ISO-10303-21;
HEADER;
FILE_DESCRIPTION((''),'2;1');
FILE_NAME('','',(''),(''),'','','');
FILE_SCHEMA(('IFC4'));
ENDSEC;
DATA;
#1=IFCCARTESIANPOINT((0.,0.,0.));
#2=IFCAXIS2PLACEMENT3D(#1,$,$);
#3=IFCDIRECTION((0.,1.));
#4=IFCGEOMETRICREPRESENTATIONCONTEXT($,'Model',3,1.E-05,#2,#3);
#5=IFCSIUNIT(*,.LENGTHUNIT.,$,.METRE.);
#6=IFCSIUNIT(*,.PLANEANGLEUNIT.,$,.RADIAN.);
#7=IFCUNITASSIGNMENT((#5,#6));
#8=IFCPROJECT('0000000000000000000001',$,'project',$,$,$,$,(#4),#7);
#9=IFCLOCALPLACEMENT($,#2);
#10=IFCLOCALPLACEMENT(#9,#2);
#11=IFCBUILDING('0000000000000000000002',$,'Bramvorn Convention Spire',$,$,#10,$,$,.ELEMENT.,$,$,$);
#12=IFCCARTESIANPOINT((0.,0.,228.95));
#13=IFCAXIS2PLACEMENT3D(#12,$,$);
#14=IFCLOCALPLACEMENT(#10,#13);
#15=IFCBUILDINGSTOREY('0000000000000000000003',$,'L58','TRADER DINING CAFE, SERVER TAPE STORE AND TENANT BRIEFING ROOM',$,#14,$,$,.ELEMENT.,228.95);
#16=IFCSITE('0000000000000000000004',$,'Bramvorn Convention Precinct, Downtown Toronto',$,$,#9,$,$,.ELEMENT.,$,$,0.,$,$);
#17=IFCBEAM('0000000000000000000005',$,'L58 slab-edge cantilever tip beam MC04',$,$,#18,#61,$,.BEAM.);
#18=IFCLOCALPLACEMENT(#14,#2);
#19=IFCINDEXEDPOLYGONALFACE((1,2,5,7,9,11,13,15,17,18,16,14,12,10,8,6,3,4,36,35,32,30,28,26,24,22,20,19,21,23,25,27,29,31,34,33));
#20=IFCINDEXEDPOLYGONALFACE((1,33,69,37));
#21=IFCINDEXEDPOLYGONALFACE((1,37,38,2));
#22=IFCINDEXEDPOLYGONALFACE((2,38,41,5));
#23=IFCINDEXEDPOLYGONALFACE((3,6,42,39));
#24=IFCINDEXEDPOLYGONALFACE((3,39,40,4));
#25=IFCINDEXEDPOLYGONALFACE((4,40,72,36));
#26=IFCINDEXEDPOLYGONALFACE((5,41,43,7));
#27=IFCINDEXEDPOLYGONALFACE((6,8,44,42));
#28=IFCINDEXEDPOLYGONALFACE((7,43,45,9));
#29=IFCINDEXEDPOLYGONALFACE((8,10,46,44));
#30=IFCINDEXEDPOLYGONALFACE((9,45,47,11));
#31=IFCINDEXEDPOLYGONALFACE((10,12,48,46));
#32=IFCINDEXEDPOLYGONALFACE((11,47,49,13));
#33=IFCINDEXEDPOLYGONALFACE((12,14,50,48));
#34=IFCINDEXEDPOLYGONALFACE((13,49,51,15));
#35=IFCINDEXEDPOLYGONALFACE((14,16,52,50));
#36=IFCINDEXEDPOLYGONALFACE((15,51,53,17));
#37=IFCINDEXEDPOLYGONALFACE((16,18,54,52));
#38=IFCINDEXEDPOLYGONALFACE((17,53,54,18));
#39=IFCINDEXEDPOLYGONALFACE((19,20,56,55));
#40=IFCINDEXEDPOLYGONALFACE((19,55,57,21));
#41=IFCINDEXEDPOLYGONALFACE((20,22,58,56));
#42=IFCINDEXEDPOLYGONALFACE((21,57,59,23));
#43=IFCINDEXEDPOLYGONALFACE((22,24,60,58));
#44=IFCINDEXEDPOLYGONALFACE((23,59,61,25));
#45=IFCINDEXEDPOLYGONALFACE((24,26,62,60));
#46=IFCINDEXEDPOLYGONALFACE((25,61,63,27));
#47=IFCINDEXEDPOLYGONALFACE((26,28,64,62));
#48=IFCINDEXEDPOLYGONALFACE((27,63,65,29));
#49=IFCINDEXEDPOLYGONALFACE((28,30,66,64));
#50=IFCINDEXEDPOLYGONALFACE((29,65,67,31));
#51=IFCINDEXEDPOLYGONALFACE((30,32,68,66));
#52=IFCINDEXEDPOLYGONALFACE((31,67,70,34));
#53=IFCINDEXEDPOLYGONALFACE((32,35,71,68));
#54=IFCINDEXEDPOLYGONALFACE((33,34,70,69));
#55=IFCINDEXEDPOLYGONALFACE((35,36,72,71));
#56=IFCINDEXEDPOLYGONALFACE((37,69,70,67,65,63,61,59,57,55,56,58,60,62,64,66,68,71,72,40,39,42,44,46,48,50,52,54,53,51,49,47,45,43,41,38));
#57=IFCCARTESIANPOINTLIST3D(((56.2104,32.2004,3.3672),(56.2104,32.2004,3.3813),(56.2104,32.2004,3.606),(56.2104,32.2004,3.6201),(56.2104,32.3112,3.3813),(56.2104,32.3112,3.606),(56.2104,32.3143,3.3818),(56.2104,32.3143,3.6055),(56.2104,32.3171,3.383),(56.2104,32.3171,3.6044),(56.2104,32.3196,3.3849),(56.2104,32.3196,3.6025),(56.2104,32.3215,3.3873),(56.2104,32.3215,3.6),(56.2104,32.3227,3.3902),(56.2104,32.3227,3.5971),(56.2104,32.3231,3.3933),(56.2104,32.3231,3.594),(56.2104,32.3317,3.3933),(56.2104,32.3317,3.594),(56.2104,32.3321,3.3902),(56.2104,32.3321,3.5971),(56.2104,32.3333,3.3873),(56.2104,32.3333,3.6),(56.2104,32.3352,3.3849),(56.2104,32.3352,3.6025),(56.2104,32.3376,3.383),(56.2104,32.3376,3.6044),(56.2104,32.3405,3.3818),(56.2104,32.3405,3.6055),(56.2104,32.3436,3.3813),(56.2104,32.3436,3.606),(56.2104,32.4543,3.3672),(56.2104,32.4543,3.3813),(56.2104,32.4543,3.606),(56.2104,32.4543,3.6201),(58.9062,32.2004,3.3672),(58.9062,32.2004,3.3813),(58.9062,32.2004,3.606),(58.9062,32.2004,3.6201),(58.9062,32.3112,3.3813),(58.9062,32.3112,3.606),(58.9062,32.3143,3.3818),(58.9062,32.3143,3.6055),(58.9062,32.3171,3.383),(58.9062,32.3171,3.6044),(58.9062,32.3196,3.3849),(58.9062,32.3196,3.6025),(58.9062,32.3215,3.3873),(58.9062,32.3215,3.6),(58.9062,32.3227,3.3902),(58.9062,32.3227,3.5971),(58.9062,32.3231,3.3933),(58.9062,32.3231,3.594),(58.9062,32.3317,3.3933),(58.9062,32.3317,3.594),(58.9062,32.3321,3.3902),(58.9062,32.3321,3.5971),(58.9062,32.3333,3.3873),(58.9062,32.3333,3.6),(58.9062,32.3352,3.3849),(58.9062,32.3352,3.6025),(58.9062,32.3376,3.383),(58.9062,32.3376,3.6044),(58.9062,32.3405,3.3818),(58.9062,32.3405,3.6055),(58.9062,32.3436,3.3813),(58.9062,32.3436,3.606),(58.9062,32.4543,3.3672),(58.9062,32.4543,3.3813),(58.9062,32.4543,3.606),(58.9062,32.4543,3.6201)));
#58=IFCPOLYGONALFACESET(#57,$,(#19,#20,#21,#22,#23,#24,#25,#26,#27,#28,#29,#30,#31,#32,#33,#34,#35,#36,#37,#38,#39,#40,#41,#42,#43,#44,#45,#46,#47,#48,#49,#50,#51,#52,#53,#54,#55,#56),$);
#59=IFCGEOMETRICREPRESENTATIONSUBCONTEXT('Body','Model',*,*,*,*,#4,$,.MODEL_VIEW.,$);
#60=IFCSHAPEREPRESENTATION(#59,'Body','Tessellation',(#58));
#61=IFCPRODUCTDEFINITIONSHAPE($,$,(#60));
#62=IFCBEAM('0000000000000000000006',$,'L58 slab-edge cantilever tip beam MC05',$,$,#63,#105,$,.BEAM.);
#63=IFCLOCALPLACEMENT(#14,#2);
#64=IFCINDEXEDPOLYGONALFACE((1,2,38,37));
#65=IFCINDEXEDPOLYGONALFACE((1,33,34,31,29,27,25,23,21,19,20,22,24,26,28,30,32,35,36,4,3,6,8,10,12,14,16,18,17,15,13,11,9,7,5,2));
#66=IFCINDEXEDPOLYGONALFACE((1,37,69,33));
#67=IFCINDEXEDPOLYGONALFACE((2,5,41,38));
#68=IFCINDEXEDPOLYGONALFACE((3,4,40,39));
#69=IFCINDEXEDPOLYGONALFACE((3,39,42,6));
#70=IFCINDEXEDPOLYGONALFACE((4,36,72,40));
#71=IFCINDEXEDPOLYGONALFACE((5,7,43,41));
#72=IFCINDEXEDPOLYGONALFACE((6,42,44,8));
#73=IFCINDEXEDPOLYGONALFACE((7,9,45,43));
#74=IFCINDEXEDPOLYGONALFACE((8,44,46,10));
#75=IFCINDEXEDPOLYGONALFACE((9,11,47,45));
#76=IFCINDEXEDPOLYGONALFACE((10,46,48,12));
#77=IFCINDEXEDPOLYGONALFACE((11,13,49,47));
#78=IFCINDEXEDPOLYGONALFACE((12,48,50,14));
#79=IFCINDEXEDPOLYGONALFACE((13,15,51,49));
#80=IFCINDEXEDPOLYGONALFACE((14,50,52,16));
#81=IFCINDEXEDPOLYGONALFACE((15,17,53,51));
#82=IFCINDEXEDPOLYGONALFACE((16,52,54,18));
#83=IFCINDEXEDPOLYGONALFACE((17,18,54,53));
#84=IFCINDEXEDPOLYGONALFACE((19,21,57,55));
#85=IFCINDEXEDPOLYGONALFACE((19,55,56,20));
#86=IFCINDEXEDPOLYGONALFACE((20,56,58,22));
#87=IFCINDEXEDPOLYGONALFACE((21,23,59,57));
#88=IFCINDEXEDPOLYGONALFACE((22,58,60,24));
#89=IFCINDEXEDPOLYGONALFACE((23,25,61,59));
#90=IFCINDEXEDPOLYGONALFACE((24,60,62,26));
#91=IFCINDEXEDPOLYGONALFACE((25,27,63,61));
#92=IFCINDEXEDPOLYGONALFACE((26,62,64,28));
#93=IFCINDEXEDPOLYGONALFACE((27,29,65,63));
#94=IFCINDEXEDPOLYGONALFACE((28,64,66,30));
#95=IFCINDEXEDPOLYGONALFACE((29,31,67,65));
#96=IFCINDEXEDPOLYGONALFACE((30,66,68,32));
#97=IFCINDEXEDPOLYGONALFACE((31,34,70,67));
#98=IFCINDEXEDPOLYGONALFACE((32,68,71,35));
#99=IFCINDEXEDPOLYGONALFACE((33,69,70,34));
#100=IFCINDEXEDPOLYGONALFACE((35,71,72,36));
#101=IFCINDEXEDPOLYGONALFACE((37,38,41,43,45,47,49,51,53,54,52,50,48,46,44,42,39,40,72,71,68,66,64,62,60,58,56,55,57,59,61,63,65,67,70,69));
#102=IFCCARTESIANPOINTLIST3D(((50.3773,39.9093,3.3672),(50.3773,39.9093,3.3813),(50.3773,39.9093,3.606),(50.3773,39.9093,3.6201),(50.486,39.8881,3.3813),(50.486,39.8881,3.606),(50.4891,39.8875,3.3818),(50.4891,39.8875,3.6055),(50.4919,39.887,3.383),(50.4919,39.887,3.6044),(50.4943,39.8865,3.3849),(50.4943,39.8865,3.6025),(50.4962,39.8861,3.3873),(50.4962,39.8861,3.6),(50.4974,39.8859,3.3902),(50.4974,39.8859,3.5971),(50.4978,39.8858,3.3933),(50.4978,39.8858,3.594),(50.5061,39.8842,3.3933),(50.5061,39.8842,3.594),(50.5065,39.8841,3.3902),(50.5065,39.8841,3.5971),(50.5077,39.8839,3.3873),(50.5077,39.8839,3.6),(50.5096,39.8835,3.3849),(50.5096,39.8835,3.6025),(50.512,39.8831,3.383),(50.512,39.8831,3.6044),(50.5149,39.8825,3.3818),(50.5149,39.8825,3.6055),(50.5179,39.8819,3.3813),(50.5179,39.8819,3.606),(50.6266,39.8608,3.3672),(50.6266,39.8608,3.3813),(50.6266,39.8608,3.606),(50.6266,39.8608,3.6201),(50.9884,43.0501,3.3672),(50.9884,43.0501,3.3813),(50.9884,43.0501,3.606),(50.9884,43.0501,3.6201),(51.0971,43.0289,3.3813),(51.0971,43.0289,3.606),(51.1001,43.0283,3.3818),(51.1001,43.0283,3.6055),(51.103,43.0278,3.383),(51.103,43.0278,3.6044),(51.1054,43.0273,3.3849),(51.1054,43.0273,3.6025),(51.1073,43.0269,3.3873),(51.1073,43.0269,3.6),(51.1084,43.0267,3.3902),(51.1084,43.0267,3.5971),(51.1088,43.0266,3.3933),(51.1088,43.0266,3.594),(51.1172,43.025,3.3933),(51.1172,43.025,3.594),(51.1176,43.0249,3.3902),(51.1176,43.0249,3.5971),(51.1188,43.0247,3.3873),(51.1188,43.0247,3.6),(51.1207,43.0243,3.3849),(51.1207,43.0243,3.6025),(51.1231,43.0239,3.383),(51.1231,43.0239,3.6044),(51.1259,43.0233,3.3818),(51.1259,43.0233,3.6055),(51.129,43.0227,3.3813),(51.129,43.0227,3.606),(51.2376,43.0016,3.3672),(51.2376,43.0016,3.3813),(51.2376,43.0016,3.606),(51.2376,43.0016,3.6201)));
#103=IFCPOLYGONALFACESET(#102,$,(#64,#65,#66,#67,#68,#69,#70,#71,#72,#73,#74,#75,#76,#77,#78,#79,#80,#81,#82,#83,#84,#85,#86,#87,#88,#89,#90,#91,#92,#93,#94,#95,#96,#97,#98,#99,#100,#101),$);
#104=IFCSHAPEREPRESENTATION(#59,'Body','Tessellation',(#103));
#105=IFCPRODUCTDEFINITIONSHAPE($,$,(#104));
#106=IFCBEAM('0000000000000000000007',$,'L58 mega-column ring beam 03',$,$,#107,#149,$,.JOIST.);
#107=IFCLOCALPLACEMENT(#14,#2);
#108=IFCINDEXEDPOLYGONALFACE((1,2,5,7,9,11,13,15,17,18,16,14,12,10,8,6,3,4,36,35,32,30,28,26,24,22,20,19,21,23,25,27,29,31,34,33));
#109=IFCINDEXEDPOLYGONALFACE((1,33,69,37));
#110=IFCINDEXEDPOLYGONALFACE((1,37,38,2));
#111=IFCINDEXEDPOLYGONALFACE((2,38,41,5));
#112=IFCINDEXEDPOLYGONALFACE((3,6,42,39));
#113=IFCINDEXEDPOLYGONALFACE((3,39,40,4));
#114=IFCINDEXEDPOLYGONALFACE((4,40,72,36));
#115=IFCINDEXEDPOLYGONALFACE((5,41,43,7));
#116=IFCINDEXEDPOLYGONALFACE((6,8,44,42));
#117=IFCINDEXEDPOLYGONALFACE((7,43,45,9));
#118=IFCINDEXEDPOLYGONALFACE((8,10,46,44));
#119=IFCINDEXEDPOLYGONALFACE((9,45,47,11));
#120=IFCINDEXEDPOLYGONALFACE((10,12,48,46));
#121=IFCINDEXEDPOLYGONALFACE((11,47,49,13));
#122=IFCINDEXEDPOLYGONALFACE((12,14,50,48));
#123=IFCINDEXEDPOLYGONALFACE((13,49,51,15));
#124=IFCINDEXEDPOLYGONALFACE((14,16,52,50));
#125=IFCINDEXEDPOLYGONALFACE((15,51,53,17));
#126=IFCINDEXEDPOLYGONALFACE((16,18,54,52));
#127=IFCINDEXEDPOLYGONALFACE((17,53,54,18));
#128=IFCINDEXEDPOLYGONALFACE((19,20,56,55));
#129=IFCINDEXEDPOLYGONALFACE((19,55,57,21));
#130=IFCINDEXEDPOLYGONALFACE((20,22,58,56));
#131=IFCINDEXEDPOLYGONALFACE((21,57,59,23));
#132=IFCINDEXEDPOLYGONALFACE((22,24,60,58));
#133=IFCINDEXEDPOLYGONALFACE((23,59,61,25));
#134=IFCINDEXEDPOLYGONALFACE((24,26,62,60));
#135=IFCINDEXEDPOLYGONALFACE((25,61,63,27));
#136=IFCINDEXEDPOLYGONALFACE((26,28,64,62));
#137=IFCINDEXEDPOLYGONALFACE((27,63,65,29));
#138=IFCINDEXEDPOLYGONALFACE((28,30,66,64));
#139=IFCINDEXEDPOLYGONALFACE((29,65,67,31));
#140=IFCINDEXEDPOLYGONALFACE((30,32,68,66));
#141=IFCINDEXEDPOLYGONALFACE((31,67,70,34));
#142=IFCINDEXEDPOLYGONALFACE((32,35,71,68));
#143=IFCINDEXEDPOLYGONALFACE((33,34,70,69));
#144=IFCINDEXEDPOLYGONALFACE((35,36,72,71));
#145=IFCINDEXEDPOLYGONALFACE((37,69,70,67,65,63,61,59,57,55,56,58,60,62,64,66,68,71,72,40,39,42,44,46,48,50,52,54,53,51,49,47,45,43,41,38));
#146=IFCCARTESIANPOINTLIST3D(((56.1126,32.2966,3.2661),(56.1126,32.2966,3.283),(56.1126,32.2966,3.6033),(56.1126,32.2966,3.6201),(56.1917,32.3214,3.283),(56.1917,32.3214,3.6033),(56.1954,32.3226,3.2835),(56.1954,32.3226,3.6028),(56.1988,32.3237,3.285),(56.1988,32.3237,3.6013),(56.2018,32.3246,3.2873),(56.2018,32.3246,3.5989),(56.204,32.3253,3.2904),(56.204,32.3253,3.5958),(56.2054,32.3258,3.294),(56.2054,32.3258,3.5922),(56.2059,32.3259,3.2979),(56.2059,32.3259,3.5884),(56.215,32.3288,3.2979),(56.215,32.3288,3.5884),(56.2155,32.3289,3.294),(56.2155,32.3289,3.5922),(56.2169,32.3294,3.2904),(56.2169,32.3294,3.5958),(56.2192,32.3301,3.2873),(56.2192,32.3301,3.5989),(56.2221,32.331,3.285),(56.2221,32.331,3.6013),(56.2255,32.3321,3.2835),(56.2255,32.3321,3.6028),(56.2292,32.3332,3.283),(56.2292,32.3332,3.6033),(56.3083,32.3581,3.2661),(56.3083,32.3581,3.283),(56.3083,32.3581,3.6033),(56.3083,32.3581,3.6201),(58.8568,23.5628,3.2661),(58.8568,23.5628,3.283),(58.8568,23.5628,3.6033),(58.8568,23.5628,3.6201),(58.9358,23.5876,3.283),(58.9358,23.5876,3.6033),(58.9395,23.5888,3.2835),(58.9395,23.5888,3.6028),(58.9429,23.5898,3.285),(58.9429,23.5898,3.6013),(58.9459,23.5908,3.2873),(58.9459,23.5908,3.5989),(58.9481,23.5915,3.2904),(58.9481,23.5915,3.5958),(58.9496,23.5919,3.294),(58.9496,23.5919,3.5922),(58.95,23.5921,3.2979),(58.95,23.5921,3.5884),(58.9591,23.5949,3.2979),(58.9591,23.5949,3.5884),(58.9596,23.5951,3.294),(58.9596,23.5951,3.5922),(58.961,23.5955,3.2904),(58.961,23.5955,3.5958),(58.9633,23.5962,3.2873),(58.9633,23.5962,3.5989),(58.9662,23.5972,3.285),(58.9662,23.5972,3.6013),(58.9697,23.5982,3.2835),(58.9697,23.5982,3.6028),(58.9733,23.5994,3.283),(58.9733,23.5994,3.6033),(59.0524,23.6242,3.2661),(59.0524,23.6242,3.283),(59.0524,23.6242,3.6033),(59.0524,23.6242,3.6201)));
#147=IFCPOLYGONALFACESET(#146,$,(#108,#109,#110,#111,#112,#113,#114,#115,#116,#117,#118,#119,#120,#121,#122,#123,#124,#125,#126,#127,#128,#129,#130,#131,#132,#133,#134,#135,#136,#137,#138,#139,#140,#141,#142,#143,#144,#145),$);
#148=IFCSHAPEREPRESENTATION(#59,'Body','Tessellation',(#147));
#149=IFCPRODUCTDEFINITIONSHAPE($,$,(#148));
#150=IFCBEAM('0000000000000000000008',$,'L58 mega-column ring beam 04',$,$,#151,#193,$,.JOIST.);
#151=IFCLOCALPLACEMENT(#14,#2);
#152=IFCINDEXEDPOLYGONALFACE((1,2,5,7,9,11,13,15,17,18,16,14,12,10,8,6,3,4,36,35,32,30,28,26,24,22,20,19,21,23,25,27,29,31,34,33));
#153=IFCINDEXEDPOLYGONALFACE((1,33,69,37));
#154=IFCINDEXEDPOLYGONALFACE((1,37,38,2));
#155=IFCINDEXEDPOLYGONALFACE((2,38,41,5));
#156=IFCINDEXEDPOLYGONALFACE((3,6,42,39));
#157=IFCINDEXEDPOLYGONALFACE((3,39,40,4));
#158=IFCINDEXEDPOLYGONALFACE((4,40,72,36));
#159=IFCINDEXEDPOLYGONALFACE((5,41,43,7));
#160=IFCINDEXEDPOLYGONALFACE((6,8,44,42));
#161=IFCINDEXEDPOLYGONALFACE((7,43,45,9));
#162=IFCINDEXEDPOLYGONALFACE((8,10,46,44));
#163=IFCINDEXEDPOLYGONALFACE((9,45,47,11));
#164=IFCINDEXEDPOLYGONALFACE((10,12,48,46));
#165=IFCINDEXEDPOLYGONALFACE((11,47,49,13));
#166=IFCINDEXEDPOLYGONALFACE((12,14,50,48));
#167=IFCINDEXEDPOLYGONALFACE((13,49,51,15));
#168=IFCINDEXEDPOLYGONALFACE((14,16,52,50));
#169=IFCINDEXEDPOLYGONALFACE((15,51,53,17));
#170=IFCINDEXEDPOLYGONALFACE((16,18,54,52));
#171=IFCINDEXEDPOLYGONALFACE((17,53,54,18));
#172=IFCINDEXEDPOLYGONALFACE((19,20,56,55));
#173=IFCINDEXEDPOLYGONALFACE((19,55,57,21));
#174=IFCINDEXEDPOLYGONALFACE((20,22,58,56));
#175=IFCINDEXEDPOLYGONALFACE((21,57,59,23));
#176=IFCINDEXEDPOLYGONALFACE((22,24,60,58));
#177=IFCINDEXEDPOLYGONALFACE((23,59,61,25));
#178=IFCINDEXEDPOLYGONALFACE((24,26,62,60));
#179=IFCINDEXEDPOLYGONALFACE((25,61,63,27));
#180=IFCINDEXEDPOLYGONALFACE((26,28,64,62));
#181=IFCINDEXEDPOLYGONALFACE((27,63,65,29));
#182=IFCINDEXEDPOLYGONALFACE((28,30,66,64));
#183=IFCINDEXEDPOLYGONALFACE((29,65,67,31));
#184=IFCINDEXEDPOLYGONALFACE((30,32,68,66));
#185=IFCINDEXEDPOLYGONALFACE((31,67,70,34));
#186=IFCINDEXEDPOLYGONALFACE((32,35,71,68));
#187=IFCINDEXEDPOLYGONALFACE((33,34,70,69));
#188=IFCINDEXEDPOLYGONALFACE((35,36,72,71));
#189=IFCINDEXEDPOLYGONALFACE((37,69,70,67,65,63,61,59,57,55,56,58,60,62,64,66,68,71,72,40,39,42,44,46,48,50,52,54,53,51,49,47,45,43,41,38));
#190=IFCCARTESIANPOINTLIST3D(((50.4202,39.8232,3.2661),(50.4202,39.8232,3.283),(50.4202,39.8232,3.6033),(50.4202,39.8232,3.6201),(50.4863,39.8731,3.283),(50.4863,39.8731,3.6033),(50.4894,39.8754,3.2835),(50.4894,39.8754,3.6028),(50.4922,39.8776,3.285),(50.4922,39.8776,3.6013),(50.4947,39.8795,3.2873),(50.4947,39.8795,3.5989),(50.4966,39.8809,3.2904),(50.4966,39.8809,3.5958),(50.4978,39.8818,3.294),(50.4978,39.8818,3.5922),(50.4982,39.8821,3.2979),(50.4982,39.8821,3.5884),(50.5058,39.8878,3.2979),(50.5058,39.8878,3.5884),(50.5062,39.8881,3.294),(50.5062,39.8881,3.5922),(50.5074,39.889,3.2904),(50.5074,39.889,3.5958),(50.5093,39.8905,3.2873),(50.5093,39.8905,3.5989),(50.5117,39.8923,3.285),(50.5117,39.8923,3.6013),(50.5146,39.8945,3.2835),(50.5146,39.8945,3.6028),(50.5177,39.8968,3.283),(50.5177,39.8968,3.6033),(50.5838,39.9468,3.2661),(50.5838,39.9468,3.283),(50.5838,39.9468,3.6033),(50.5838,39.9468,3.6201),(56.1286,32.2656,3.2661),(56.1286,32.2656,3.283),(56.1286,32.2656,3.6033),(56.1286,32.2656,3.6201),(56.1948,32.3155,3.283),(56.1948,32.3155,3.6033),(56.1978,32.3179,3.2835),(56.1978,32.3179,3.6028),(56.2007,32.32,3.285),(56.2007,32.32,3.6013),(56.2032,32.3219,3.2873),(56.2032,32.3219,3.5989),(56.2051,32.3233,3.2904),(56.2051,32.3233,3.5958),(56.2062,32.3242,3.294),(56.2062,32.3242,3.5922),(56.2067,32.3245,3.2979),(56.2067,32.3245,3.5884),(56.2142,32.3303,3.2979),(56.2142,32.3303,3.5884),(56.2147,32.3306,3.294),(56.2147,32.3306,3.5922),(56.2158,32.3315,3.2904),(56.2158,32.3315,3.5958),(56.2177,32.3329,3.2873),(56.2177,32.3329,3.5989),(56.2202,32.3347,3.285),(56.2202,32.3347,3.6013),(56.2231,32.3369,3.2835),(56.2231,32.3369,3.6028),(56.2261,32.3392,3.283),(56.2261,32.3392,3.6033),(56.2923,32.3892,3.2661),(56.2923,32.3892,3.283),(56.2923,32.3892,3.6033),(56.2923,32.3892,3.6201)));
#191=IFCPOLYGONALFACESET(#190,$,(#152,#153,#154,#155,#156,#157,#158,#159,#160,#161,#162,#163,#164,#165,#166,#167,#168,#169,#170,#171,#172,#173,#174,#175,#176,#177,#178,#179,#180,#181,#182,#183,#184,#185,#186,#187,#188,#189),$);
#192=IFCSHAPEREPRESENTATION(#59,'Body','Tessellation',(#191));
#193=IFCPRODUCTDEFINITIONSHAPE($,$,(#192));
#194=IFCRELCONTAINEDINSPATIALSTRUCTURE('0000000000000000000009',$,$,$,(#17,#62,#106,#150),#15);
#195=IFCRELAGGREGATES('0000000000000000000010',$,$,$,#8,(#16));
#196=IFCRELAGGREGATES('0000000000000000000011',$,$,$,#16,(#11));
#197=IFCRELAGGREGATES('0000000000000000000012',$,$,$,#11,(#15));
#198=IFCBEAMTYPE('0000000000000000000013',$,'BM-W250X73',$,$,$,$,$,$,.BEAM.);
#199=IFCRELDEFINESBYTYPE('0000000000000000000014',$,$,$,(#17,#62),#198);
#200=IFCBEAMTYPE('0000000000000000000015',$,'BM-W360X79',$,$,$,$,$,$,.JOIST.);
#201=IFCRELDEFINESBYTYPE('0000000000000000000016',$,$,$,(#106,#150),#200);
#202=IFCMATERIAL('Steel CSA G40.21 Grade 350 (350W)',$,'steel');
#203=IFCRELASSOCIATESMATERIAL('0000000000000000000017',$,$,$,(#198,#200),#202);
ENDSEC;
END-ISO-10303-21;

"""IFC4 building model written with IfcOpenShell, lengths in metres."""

from ifc_helpers import new_model, si_unit, direction, frame, origin, origin_2d, place, context, subcontext, project, spatial, i_section, extrude, material, material_profile, profile_set, type_object, element, save


model = new_model("IFC4")

# Units and contexts
model_context = context("Model", 3, precision=1e-05, world=origin(), true_north=direction((0.0, 1.0)))
body_context = subcontext(model_context, "Body", "Model", "MODEL_VIEW")
ifc_project = project(units=[si_unit("LENGTHUNIT", "METRE"), si_unit("PLANEANGLEUNIT", "RADIAN")], contexts=[model_context])

# Site, building, storey
site_placement = place(None, origin())
site = spatial("IfcSite", under=ifc_project, at=site_placement, Name="Bramvorn Convention Precinct, Downtown Toronto", CompositionType="ELEMENT", RefElevation=0.0)
building_placement = place(site_placement, origin())
building = spatial("IfcBuilding", under=site, at=building_placement, Name="Bramvorn Convention Spire", CompositionType="ELEMENT")
storey_placement = place(building_placement, frame((0.0, 0.0, 228.95)))
storey = spatial("IfcBuildingStorey", under=building, at=storey_placement, Name="L58", Description="TRADER DINING CAFE, SERVER TAPE STORE AND TENANT BRIEFING ROOM", CompositionType="ELEMENT", Elevation=228.95)

# Shared definitions
ifc_material_1 = material(Name="Steel CSA G40.21 Grade 350 (350W)", Category="steel")

# Beams
ifc_material_profile_1 = material_profile(ifc_material_1, i_section(OverallWidth=0.2539, OverallDepth=0.2529, WebThickness=0.0085, FlangeThickness=0.0142, FilletRadius=0.012, at=origin_2d()))
ifc_profile_set_1 = profile_set([ifc_material_profile_1], Name="Steel CSA G40.21 Grade 350 (350W) - W250X73")
beam_type_1 = type_object("IfcBeamType", Name="BM-W250X73", PredefinedType="BEAM", material=ifc_profile_set_1)
beam_1_placement = place(storey_placement, frame((56.2104, 32.3274, 3.4937), z_axis=(1.0, 0.0, 0.0), x_axis=(0.0, 1.0, 0.0)))
element("IfcBeam", 1, at=beam_1_placement, inside=storey, type_object=beam_type_1, Name="L58 slab-edge cantilever tip beam MC04", PredefinedType="BEAM", context=body_context, shape_type="SweptSolid", body=[
    extrude(i_section(OverallWidth=0.2539, OverallDepth=0.2529, WebThickness=0.0085, FlangeThickness=0.0142, FilletRadius=0.012, at=origin_2d()), origin(), (0.0, 0.0, 1.0), 2.6958),
])
beam_2_placement = place(storey_placement, frame((50.502, 39.885, 3.4937), z_axis=(0.190978, 0.981594, 0.0), x_axis=(-0.981594, 0.190978, 0.0)))
element("IfcBeam", 2, at=beam_2_placement, inside=storey, type_object=beam_type_1, Name="L58 slab-edge cantilever tip beam MC05", PredefinedType="BEAM", context=body_context, shape_type="SweptSolid", body=[
    extrude(i_section(OverallWidth=0.2539, OverallDepth=0.2529, WebThickness=0.0085, FlangeThickness=0.0142, FilletRadius=0.012, at=origin_2d()), origin(), (0.0, 0.0, 1.0), 3.1997),
])
ifc_material_profile_2 = material_profile(ifc_material_1, i_section(OverallWidth=0.2051, OverallDepth=0.354, WebThickness=0.0095, FlangeThickness=0.0168, FilletRadius=0.0149, at=origin_2d()))
ifc_profile_set_2 = profile_set([ifc_material_profile_2], Name="Steel CSA G40.21 Grade 350 (350W) - W360X79")
beam_type_2 = type_object("IfcBeamType", Name="BM-W360X79", PredefinedType="JOIST", material=ifc_profile_set_2)
beam_3_placement = place(storey_placement, frame((58.9546, 23.5935, 3.4431), z_axis=(-0.299748, 0.954019, 0.0), x_axis=(-0.954019, -0.299748, 0.0)))
element("IfcBeam", 3, at=beam_3_placement, inside=storey, type_object=beam_type_2, Name="L58 mega-column ring beam 03", PredefinedType="JOIST", context=body_context, shape_type="SweptSolid", body=[
    extrude(i_section(OverallWidth=0.2051, OverallDepth=0.354, WebThickness=0.0095, FlangeThickness=0.0168, FilletRadius=0.0149, at=origin_2d()), origin(), (0.0, 0.0, 1.0), 9.1548),
])
for number, where, z_axis, x_axis, name in (
    (4, (56.2104, 32.3274, 3.4431), (-0.602719, 0.797954, 0.0), (-0.797954, -0.602719, 0.0), "L58 mega-column ring beam 04"),
):
    element("IfcBeam", number, at=place(storey_placement, frame(where, z_axis=z_axis, x_axis=x_axis)), inside=storey, type_object=beam_type_2, Name=name, PredefinedType="JOIST", context=body_context, shape_type="SweptSolid", body=[
        extrude(i_section(OverallWidth=0.2051, OverallDepth=0.354, WebThickness=0.0095, FlangeThickness=0.0168, FilletRadius=0.0149, at=origin_2d()), origin(), (0.0, 0.0, 1.0), 9.4712),
    ])

save(model, "model.ifc")
